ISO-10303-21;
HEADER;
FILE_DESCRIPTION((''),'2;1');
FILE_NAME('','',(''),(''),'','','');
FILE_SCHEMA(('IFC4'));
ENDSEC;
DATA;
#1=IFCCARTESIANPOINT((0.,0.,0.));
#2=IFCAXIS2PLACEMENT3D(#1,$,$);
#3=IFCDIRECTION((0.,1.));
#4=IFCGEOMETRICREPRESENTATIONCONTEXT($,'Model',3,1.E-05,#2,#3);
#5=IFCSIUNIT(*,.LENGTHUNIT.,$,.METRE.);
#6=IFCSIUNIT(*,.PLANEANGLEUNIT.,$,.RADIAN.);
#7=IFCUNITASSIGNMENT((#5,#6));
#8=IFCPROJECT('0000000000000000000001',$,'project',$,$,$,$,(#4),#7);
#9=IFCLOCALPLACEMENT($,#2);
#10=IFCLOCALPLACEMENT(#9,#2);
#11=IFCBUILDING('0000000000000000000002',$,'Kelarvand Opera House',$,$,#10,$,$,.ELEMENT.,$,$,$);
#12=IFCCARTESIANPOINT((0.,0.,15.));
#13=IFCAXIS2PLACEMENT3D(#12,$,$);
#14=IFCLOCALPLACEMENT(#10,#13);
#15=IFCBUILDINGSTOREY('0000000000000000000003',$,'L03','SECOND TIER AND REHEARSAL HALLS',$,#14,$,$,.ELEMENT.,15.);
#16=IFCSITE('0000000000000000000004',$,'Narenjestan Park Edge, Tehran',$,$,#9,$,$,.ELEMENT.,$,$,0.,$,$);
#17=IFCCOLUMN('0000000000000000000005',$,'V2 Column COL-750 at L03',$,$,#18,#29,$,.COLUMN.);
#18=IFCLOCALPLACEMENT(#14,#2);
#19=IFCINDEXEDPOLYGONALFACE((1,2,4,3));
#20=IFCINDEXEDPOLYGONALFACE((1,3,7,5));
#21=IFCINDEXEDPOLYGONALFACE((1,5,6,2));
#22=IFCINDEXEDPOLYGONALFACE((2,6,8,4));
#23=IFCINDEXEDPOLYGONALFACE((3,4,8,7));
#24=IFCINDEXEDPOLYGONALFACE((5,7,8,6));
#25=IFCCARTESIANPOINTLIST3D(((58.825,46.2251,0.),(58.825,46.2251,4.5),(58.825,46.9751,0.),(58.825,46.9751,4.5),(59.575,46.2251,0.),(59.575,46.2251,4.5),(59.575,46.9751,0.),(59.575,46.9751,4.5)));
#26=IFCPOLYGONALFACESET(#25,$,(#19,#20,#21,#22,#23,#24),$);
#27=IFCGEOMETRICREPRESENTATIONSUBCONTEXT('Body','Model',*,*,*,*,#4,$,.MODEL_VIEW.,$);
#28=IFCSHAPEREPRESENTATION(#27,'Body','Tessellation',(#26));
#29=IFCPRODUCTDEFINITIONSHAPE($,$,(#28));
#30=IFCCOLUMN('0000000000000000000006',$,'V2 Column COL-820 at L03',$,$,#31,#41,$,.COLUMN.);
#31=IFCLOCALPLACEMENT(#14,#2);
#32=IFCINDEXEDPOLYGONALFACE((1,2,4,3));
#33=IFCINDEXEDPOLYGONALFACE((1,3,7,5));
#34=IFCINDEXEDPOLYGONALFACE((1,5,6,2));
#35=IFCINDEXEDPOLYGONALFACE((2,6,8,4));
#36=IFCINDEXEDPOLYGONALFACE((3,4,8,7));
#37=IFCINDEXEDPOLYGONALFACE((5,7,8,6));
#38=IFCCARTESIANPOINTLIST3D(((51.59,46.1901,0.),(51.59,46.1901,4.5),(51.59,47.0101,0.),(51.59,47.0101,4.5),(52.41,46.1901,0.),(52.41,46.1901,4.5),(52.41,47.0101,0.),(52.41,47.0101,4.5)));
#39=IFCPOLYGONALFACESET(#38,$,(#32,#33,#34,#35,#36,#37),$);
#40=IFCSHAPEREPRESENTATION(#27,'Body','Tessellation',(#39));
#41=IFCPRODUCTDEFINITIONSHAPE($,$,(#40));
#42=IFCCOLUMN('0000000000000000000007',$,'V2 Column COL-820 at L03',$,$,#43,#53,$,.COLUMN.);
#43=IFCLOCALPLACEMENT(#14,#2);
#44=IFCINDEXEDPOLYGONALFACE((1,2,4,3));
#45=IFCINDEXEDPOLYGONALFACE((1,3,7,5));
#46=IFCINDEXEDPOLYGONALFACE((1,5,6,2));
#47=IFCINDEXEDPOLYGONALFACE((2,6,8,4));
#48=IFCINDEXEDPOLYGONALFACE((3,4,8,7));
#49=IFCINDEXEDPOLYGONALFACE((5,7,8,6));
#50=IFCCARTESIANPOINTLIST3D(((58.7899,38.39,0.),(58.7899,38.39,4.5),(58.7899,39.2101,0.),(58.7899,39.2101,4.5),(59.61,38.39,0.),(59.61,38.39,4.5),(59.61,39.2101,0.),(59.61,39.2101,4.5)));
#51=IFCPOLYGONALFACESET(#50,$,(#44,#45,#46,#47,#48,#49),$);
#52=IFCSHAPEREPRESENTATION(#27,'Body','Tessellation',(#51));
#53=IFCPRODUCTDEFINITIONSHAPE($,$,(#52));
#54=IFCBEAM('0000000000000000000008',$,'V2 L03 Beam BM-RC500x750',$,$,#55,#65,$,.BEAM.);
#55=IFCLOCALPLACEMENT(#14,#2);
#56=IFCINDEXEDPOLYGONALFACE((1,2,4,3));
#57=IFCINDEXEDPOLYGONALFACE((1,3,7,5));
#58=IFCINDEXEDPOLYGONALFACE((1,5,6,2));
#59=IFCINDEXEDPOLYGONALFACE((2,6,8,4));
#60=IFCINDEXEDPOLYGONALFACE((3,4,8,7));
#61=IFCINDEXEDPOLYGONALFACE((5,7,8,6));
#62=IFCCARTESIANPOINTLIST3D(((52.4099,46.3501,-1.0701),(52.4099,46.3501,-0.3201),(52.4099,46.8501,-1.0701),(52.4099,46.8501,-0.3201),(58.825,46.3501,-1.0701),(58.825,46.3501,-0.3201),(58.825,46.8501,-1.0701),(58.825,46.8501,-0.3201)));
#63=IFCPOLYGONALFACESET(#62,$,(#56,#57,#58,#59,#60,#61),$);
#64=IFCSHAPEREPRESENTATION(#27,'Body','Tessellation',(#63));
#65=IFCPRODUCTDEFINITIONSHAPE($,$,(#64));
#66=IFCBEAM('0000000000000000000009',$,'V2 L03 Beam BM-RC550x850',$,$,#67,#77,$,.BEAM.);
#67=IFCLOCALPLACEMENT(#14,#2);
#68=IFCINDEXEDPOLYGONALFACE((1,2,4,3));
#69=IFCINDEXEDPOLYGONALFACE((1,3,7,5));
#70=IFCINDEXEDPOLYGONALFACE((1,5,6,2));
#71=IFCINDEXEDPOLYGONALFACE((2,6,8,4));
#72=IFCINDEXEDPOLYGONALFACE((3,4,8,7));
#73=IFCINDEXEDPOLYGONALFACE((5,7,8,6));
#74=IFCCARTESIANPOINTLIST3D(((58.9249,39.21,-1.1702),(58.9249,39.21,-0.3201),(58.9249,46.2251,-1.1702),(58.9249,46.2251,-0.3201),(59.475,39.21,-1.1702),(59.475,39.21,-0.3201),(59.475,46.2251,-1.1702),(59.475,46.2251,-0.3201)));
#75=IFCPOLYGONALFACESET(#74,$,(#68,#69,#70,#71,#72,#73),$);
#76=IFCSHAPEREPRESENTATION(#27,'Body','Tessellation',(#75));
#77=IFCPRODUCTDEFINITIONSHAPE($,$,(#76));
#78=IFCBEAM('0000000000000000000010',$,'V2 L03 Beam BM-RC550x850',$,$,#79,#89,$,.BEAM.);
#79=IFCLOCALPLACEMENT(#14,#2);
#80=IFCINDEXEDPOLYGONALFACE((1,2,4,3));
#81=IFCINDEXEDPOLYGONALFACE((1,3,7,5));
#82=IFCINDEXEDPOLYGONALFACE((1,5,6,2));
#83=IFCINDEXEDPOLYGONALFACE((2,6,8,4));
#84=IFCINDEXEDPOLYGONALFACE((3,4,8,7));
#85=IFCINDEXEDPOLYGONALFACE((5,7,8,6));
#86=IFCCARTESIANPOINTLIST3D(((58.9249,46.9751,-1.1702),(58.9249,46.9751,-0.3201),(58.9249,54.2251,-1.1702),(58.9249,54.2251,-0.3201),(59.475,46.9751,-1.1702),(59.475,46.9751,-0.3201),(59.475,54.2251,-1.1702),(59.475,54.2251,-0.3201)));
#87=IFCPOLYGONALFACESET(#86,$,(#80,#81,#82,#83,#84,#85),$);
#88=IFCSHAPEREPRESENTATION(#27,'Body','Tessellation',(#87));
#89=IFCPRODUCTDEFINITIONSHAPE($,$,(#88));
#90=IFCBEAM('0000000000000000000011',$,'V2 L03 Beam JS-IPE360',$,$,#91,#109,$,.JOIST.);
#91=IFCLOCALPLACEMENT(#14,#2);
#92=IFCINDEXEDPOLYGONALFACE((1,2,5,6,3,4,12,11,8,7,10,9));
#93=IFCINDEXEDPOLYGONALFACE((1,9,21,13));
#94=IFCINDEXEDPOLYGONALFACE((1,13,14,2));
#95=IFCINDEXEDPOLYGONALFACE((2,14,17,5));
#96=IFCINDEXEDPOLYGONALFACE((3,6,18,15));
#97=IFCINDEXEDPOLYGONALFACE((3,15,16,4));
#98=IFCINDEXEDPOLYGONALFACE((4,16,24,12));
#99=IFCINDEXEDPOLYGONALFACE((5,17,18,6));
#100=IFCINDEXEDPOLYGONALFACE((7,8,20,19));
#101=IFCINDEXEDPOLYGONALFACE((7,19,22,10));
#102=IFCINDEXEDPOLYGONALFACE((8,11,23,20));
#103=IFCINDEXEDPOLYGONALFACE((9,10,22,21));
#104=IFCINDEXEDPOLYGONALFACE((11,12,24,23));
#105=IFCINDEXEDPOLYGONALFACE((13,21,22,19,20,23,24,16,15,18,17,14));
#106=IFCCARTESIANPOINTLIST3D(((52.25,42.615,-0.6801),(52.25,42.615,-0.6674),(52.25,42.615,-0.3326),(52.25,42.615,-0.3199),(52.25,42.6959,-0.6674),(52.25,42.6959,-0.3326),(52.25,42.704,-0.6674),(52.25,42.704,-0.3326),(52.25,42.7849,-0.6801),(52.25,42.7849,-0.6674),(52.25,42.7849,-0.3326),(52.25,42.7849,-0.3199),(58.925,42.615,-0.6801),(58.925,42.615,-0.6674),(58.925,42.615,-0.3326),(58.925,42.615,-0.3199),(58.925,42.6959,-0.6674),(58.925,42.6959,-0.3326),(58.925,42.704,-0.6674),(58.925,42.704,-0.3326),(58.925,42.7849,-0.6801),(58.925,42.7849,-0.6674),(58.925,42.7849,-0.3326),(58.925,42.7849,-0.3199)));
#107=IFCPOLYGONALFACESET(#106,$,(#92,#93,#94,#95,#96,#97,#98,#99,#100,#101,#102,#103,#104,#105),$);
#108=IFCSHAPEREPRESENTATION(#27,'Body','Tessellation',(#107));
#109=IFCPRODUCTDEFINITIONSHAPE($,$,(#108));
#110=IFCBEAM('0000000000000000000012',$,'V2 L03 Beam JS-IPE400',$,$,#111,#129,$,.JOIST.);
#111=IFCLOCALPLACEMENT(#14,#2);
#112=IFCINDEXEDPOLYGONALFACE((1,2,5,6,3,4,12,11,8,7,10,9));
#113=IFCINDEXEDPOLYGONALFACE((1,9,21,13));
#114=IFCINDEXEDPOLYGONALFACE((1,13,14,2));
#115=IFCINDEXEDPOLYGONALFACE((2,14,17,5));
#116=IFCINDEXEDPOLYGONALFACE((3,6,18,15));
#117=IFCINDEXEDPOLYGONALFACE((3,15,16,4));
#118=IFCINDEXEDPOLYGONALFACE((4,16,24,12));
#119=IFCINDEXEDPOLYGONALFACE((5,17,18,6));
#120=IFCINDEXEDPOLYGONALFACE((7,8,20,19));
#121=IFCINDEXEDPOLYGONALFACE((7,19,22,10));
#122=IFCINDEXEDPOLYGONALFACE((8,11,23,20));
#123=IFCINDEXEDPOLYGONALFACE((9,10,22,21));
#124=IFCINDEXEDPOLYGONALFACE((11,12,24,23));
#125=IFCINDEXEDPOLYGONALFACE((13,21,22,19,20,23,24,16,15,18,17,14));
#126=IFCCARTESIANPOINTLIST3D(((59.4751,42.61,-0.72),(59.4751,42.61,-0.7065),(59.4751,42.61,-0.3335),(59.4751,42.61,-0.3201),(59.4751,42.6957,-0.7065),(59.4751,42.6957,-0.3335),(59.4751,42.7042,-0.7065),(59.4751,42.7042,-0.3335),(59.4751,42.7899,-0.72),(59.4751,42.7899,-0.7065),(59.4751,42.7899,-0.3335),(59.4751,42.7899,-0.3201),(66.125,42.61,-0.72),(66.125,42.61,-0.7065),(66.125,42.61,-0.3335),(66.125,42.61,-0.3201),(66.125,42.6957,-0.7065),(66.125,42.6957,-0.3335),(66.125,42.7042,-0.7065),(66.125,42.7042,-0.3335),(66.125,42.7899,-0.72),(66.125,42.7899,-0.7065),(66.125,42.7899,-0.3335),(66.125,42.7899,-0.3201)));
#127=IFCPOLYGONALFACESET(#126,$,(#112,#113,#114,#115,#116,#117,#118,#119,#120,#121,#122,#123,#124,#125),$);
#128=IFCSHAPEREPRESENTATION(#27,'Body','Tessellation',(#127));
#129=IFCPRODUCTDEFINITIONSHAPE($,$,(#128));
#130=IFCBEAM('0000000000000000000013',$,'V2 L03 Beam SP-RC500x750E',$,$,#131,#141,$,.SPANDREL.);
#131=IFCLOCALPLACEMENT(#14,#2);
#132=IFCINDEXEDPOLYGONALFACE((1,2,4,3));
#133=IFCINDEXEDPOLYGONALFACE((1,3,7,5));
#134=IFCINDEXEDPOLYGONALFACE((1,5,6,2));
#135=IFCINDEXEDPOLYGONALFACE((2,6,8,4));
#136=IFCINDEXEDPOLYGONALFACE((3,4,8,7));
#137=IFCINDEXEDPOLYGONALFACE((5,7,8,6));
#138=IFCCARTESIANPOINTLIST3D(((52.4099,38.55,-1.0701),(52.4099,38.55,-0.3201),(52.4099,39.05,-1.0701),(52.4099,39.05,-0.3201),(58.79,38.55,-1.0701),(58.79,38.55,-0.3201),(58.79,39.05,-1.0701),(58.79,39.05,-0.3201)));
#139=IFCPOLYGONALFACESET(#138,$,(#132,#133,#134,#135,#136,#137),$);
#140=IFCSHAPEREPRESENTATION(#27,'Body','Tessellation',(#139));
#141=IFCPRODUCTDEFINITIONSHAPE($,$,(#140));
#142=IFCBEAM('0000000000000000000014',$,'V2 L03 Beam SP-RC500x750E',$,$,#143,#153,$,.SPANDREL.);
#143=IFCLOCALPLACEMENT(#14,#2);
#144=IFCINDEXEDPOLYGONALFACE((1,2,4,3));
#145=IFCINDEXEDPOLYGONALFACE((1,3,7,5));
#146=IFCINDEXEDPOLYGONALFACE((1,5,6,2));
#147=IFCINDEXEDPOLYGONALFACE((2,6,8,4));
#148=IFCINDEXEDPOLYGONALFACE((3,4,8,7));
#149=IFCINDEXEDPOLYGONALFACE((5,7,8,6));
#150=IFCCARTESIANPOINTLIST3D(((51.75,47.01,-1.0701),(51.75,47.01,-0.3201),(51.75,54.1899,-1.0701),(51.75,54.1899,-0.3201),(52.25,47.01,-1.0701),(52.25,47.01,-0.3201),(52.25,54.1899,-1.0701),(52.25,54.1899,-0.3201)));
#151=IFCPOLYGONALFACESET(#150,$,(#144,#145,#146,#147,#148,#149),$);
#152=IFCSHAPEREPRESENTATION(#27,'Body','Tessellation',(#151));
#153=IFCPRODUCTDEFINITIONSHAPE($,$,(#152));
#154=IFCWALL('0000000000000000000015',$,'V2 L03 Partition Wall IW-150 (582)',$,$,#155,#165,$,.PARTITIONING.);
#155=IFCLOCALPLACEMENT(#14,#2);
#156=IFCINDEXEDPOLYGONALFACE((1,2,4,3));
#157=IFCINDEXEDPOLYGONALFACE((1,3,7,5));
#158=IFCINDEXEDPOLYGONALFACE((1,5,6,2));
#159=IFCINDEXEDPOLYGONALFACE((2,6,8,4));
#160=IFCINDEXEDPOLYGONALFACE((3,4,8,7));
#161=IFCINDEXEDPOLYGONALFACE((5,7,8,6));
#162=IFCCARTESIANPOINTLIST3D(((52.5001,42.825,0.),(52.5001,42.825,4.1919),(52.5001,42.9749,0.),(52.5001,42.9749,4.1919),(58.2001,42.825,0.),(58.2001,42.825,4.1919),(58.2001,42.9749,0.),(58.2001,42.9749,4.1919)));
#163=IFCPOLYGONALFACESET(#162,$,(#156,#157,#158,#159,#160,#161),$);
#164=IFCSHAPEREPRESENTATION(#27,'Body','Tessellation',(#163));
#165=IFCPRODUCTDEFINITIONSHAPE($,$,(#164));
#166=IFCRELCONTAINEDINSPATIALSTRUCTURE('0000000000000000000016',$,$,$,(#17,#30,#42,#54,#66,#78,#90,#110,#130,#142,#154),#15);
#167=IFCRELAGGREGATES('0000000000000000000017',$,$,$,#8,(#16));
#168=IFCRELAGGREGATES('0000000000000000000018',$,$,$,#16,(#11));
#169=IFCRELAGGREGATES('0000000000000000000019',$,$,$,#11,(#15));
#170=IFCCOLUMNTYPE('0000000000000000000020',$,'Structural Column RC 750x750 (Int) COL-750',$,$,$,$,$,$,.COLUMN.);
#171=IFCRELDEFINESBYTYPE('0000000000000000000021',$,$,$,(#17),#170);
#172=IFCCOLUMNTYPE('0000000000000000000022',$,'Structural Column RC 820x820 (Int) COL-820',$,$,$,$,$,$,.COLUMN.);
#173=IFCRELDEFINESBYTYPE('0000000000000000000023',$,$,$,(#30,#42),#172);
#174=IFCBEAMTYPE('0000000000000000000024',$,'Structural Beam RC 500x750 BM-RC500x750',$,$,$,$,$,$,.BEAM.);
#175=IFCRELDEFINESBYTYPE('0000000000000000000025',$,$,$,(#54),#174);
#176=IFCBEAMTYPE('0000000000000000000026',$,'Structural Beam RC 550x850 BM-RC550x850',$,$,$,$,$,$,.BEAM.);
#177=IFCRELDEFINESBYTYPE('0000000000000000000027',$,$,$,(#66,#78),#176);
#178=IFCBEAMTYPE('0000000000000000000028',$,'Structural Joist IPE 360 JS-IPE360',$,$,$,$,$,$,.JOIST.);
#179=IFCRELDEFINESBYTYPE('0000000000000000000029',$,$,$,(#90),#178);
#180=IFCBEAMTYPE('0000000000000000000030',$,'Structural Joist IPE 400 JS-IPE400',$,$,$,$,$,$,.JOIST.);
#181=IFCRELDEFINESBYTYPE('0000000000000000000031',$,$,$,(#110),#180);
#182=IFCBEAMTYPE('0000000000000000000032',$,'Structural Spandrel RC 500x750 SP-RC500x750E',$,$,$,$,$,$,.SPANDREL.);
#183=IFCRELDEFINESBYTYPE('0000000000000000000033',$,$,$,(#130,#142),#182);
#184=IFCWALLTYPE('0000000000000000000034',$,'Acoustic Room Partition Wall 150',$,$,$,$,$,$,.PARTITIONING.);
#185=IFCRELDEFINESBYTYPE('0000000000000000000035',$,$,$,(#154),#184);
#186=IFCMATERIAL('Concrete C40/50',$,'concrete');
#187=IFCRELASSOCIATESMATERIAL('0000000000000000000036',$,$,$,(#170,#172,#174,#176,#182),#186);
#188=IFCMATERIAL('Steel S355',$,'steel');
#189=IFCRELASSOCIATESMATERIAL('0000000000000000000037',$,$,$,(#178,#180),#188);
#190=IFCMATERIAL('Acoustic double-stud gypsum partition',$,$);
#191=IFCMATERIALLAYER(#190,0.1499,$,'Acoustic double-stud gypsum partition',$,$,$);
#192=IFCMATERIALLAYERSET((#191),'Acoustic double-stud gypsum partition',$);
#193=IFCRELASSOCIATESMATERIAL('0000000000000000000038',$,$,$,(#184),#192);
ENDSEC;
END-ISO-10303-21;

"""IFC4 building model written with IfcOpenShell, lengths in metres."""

from ifc_helpers import new_model, si_unit, direction, frame, frame_2d, origin, origin_2d, place, context, subcontext, project, spatial, rectangle, i_section, extrude, material, layer, layer_set, material_profile, profile_set, type_object, element, save


model = new_model("IFC4")

# Units and contexts
model_context = context("Model", 3, precision=1e-05, world=origin(), true_north=direction((0.0, 1.0)))
body_context = subcontext(model_context, "Body", "Model", "MODEL_VIEW")
ifc_project = project(units=[si_unit("LENGTHUNIT", "METRE"), si_unit("PLANEANGLEUNIT", "RADIAN")], contexts=[model_context])

# Site, building, storey
site_placement = place(None, origin())
site = spatial("IfcSite", under=ifc_project, at=site_placement, Name="Narenjestan Park Edge, Tehran", CompositionType="ELEMENT", RefElevation=0.0)
building_placement = place(site_placement, origin())
building = spatial("IfcBuilding", under=site, at=building_placement, Name="Kelarvand Opera House", CompositionType="ELEMENT")
storey_placement = place(building_placement, frame((0.0, 0.0, 15.0)))
storey = spatial("IfcBuildingStorey", under=building, at=storey_placement, Name="L03", Description="SECOND TIER AND REHEARSAL HALLS", CompositionType="ELEMENT", Elevation=15.0)

# Columns
ifc_material_1 = material(Name="Concrete C40/50", Category="concrete")
ifc_material_profile_1 = material_profile(ifc_material_1, rectangle(XDim=0.75, YDim=0.75, at=origin_2d()), Name="RC 750x750", Category="concrete")
ifc_profile_set_1 = profile_set([ifc_material_profile_1], Name="Concrete C40/50")
column_type_1 = type_object("IfcColumnType", Name="Structural Column RC 750x750 (Int) COL-750", PredefinedType="COLUMN", material=ifc_profile_set_1)
column_placement = place(storey_placement, frame((59.2, 46.6001, 0.0), z_axis=(0.0, 0.0, 1.0), x_axis=(1.0, 0.0, 0.0)))
element("IfcColumn", 1, at=column_placement, inside=storey, type_object=column_type_1, Name="V2 Column COL-750 at L03", PredefinedType="COLUMN", context=body_context, shape_type="SweptSolid", body=[
    extrude(rectangle(XDim=0.75, YDim=0.75, at=origin_2d()), origin(), (0.0, 0.0, 1.0), 4.5),
])
ifc_material_profile_2 = material_profile(ifc_material_1, rectangle(XDim=0.8201, YDim=0.8201, at=origin_2d()), Name="RC 820x820", Category="concrete")
ifc_profile_set_2 = profile_set([ifc_material_profile_2], Name="Concrete C40/50")
column_type_2 = type_object("IfcColumnType", Name="Structural Column RC 820x820 (Int) COL-820", PredefinedType="COLUMN", material=ifc_profile_set_2)
for number, where, z_axis, x_axis, name in (
    (2, (52.0, 46.6001, 0.0), (0.0, 0.0, 1.0), (1.0, 0.0, 0.0), "V2 Column COL-820 at L03"),
    (3, (59.2, 38.8, 0.0), (0.0, 0.0, 1.0), (1.0, 0.0, 0.0), "V2 Column COL-820 at L03"),
):
    element("IfcColumn", number, at=place(storey_placement, frame(where, z_axis=z_axis, x_axis=x_axis)), inside=storey, type_object=column_type_2, Name=name, PredefinedType="COLUMN", context=body_context, shape_type="SweptSolid", body=[
        extrude(rectangle(XDim=0.8201, YDim=0.8201, at=origin_2d()), origin(), (0.0, 0.0, 1.0), 4.5),
    ])

# Beams
ifc_material_profile_3 = material_profile(ifc_material_1, rectangle(XDim=0.5, YDim=0.75, at=origin_2d()), Name="RC 500x750", Category="concrete")
ifc_profile_set_3 = profile_set([ifc_material_profile_3], Name="Concrete C40/50")
beam_type_1 = type_object("IfcBeamType", Name="Structural Beam RC 500x750 BM-RC500x750", PredefinedType="BEAM", material=ifc_profile_set_3)
beam_1_placement = place(storey_placement, frame((52.4099, 46.6001, -0.6951), z_axis=(1.0, 0.0, 0.0), x_axis=(0.0, 1.0, 0.0)))
element("IfcBeam", 4, at=beam_1_placement, inside=storey, type_object=beam_type_1, Name="V2 L03 Beam BM-RC500x750", PredefinedType="BEAM", context=body_context, shape_type="SweptSolid", body=[
    extrude(rectangle(XDim=0.5, YDim=0.75, at=origin_2d()), origin(), (0.0, 0.0, 1.0), 6.415),
])
ifc_material_profile_4 = material_profile(ifc_material_1, rectangle(XDim=0.55, YDim=0.8501, at=origin_2d()), Name="RC 550x850", Category="concrete")
ifc_profile_set_4 = profile_set([ifc_material_profile_4], Name="Concrete C40/50")
beam_type_2 = type_object("IfcBeamType", Name="Structural Beam RC 550x850 BM-RC550x850", PredefinedType="BEAM", material=ifc_profile_set_4)
beam_2_placement = place(storey_placement, frame((59.2, 39.21, -0.7451), z_axis=(0.0, 1.0, 0.0), x_axis=(-1.0, 0.0, 0.0)))
element("IfcBeam", 5, at=beam_2_placement, inside=storey, type_object=beam_type_2, Name="V2 L03 Beam BM-RC550x850", PredefinedType="BEAM", context=body_context, shape_type="SweptSolid", body=[
    extrude(rectangle(XDim=0.55, YDim=0.8501, at=origin_2d()), origin(), (0.0, 0.0, 1.0), 7.0151),
])
beam_3_placement = place(storey_placement, frame((59.2, 46.9751, -0.7451), z_axis=(0.0, 1.0, 0.0), x_axis=(-1.0, 0.0, 0.0)))
element("IfcBeam", 6, at=beam_3_placement, inside=storey, type_object=beam_type_2, Name="V2 L03 Beam BM-RC550x850", PredefinedType="BEAM", context=body_context, shape_type="SweptSolid", body=[
    extrude(rectangle(XDim=0.55, YDim=0.8501, at=origin_2d()), origin(), (0.0, 0.0, 1.0), 7.25),
])
ifc_material_2 = material(Name="Steel S355", Category="steel")
ifc_material_profile_5 = material_profile(ifc_material_2, i_section(OverallWidth=0.1699, OverallDepth=0.3601, WebThickness=0.0081, FlangeThickness=0.0127, at=origin_2d()), Name="IPE 360", Category="steel")
ifc_profile_set_5 = profile_set([ifc_material_profile_5], Name="Steel S355")
beam_type_3 = type_object("IfcBeamType", Name="Structural Joist IPE 360 JS-IPE360", PredefinedType="JOIST", material=ifc_profile_set_5)
beam_4_placement = place(storey_placement, frame((52.25, 42.7, -0.5), z_axis=(1.0, 0.0, 0.0), x_axis=(0.0, 1.0, 0.0)))
element("IfcBeam", 7, at=beam_4_placement, inside=storey, type_object=beam_type_3, Name="V2 L03 Beam JS-IPE360", PredefinedType="JOIST", context=body_context, shape_type="SweptSolid", body=[
    extrude(i_section(OverallWidth=0.1699, OverallDepth=0.3601, WebThickness=0.0081, FlangeThickness=0.0127, at=origin_2d()), origin(), (0.0, 0.0, 1.0), 6.675),
])
ifc_material_profile_6 = material_profile(ifc_material_2, i_section(OverallWidth=0.1799, OverallDepth=0.3999, WebThickness=0.0085, FlangeThickness=0.0134, at=origin_2d()), Name="IPE 400", Category="steel")
ifc_profile_set_6 = profile_set([ifc_material_profile_6], Name="Steel S355")
beam_type_4 = type_object("IfcBeamType", Name="Structural Joist IPE 400 JS-IPE400", PredefinedType="JOIST", material=ifc_profile_set_6)
beam_5_placement = place(storey_placement, frame((59.4751, 42.7, -0.52), z_axis=(1.0, 0.0, 0.0), x_axis=(0.0, 1.0, 0.0)))
element("IfcBeam", 8, at=beam_5_placement, inside=storey, type_object=beam_type_4, Name="V2 L03 Beam JS-IPE400", PredefinedType="JOIST", context=body_context, shape_type="SweptSolid", body=[
    extrude(i_section(OverallWidth=0.1799, OverallDepth=0.3999, WebThickness=0.0085, FlangeThickness=0.0134, at=origin_2d()), origin(), (0.0, 0.0, 1.0), 6.6499),
])
ifc_material_profile_7 = material_profile(ifc_material_1, rectangle(XDim=0.5, YDim=0.75, at=origin_2d()), Name="RC 500x750", Category="concrete")
ifc_profile_set_7 = profile_set([ifc_material_profile_7], Name="Concrete C40/50")
beam_type_5 = type_object("IfcBeamType", Name="Structural Spandrel RC 500x750 SP-RC500x750E", PredefinedType="SPANDREL", material=ifc_profile_set_7)
beam_6_placement = place(storey_placement, frame((52.4099, 38.8, -0.6951), z_axis=(1.0, 0.0, 0.0), x_axis=(0.0, 1.0, 0.0)))
element("IfcBeam", 9, at=beam_6_placement, inside=storey, type_object=beam_type_5, Name="V2 L03 Beam SP-RC500x750E", PredefinedType="SPANDREL", context=body_context, shape_type="SweptSolid", body=[
    extrude(rectangle(XDim=0.5, YDim=0.75, at=origin_2d()), origin(), (0.0, 0.0, 1.0), 6.3801),
])
beam_7_placement = place(storey_placement, frame((52.0, 47.01, -0.6951), z_axis=(0.0, 1.0, 0.0), x_axis=(-1.0, 0.0, 0.0)))
element("IfcBeam", 10, at=beam_7_placement, inside=storey, type_object=beam_type_5, Name="V2 L03 Beam SP-RC500x750E", PredefinedType="SPANDREL", context=body_context, shape_type="SweptSolid", body=[
    extrude(rectangle(XDim=0.5, YDim=0.75, at=origin_2d()), origin(), (0.0, 0.0, 1.0), 7.1799),
])

# Wall
ifc_material_3 = material(Name="Acoustic double-stud gypsum partition")
ifc_layer_1 = layer(ifc_material_3, 0.1499, Name="Acoustic double-stud gypsum partition")
ifc_layer_set_1 = layer_set([ifc_layer_1], Name="Acoustic double-stud gypsum partition")
wall_type_1 = type_object("IfcWallType", Name="Acoustic Room Partition Wall 150", PredefinedType="PARTITIONING", material=ifc_layer_set_1)
wall_1_placement = place(storey_placement, frame((52.5, 42.8999, 0.0), z_axis=(0.0, 0.0, 1.0), x_axis=(1.0, 0.0, 0.0)))
element("IfcWall", 11, at=wall_1_placement, inside=storey, type_object=wall_type_1, Name="V2 L03 Partition Wall IW-150 (582)", PredefinedType="PARTITIONING", context=body_context, shape_type="SweptSolid", body=[
    extrude(rectangle(XDim=5.7, YDim=0.1499, at=frame_2d((2.8501, 0.0))), origin(), (0.0, 0.0, 1.0), 4.1919),
])

save(model, "model.ifc")
